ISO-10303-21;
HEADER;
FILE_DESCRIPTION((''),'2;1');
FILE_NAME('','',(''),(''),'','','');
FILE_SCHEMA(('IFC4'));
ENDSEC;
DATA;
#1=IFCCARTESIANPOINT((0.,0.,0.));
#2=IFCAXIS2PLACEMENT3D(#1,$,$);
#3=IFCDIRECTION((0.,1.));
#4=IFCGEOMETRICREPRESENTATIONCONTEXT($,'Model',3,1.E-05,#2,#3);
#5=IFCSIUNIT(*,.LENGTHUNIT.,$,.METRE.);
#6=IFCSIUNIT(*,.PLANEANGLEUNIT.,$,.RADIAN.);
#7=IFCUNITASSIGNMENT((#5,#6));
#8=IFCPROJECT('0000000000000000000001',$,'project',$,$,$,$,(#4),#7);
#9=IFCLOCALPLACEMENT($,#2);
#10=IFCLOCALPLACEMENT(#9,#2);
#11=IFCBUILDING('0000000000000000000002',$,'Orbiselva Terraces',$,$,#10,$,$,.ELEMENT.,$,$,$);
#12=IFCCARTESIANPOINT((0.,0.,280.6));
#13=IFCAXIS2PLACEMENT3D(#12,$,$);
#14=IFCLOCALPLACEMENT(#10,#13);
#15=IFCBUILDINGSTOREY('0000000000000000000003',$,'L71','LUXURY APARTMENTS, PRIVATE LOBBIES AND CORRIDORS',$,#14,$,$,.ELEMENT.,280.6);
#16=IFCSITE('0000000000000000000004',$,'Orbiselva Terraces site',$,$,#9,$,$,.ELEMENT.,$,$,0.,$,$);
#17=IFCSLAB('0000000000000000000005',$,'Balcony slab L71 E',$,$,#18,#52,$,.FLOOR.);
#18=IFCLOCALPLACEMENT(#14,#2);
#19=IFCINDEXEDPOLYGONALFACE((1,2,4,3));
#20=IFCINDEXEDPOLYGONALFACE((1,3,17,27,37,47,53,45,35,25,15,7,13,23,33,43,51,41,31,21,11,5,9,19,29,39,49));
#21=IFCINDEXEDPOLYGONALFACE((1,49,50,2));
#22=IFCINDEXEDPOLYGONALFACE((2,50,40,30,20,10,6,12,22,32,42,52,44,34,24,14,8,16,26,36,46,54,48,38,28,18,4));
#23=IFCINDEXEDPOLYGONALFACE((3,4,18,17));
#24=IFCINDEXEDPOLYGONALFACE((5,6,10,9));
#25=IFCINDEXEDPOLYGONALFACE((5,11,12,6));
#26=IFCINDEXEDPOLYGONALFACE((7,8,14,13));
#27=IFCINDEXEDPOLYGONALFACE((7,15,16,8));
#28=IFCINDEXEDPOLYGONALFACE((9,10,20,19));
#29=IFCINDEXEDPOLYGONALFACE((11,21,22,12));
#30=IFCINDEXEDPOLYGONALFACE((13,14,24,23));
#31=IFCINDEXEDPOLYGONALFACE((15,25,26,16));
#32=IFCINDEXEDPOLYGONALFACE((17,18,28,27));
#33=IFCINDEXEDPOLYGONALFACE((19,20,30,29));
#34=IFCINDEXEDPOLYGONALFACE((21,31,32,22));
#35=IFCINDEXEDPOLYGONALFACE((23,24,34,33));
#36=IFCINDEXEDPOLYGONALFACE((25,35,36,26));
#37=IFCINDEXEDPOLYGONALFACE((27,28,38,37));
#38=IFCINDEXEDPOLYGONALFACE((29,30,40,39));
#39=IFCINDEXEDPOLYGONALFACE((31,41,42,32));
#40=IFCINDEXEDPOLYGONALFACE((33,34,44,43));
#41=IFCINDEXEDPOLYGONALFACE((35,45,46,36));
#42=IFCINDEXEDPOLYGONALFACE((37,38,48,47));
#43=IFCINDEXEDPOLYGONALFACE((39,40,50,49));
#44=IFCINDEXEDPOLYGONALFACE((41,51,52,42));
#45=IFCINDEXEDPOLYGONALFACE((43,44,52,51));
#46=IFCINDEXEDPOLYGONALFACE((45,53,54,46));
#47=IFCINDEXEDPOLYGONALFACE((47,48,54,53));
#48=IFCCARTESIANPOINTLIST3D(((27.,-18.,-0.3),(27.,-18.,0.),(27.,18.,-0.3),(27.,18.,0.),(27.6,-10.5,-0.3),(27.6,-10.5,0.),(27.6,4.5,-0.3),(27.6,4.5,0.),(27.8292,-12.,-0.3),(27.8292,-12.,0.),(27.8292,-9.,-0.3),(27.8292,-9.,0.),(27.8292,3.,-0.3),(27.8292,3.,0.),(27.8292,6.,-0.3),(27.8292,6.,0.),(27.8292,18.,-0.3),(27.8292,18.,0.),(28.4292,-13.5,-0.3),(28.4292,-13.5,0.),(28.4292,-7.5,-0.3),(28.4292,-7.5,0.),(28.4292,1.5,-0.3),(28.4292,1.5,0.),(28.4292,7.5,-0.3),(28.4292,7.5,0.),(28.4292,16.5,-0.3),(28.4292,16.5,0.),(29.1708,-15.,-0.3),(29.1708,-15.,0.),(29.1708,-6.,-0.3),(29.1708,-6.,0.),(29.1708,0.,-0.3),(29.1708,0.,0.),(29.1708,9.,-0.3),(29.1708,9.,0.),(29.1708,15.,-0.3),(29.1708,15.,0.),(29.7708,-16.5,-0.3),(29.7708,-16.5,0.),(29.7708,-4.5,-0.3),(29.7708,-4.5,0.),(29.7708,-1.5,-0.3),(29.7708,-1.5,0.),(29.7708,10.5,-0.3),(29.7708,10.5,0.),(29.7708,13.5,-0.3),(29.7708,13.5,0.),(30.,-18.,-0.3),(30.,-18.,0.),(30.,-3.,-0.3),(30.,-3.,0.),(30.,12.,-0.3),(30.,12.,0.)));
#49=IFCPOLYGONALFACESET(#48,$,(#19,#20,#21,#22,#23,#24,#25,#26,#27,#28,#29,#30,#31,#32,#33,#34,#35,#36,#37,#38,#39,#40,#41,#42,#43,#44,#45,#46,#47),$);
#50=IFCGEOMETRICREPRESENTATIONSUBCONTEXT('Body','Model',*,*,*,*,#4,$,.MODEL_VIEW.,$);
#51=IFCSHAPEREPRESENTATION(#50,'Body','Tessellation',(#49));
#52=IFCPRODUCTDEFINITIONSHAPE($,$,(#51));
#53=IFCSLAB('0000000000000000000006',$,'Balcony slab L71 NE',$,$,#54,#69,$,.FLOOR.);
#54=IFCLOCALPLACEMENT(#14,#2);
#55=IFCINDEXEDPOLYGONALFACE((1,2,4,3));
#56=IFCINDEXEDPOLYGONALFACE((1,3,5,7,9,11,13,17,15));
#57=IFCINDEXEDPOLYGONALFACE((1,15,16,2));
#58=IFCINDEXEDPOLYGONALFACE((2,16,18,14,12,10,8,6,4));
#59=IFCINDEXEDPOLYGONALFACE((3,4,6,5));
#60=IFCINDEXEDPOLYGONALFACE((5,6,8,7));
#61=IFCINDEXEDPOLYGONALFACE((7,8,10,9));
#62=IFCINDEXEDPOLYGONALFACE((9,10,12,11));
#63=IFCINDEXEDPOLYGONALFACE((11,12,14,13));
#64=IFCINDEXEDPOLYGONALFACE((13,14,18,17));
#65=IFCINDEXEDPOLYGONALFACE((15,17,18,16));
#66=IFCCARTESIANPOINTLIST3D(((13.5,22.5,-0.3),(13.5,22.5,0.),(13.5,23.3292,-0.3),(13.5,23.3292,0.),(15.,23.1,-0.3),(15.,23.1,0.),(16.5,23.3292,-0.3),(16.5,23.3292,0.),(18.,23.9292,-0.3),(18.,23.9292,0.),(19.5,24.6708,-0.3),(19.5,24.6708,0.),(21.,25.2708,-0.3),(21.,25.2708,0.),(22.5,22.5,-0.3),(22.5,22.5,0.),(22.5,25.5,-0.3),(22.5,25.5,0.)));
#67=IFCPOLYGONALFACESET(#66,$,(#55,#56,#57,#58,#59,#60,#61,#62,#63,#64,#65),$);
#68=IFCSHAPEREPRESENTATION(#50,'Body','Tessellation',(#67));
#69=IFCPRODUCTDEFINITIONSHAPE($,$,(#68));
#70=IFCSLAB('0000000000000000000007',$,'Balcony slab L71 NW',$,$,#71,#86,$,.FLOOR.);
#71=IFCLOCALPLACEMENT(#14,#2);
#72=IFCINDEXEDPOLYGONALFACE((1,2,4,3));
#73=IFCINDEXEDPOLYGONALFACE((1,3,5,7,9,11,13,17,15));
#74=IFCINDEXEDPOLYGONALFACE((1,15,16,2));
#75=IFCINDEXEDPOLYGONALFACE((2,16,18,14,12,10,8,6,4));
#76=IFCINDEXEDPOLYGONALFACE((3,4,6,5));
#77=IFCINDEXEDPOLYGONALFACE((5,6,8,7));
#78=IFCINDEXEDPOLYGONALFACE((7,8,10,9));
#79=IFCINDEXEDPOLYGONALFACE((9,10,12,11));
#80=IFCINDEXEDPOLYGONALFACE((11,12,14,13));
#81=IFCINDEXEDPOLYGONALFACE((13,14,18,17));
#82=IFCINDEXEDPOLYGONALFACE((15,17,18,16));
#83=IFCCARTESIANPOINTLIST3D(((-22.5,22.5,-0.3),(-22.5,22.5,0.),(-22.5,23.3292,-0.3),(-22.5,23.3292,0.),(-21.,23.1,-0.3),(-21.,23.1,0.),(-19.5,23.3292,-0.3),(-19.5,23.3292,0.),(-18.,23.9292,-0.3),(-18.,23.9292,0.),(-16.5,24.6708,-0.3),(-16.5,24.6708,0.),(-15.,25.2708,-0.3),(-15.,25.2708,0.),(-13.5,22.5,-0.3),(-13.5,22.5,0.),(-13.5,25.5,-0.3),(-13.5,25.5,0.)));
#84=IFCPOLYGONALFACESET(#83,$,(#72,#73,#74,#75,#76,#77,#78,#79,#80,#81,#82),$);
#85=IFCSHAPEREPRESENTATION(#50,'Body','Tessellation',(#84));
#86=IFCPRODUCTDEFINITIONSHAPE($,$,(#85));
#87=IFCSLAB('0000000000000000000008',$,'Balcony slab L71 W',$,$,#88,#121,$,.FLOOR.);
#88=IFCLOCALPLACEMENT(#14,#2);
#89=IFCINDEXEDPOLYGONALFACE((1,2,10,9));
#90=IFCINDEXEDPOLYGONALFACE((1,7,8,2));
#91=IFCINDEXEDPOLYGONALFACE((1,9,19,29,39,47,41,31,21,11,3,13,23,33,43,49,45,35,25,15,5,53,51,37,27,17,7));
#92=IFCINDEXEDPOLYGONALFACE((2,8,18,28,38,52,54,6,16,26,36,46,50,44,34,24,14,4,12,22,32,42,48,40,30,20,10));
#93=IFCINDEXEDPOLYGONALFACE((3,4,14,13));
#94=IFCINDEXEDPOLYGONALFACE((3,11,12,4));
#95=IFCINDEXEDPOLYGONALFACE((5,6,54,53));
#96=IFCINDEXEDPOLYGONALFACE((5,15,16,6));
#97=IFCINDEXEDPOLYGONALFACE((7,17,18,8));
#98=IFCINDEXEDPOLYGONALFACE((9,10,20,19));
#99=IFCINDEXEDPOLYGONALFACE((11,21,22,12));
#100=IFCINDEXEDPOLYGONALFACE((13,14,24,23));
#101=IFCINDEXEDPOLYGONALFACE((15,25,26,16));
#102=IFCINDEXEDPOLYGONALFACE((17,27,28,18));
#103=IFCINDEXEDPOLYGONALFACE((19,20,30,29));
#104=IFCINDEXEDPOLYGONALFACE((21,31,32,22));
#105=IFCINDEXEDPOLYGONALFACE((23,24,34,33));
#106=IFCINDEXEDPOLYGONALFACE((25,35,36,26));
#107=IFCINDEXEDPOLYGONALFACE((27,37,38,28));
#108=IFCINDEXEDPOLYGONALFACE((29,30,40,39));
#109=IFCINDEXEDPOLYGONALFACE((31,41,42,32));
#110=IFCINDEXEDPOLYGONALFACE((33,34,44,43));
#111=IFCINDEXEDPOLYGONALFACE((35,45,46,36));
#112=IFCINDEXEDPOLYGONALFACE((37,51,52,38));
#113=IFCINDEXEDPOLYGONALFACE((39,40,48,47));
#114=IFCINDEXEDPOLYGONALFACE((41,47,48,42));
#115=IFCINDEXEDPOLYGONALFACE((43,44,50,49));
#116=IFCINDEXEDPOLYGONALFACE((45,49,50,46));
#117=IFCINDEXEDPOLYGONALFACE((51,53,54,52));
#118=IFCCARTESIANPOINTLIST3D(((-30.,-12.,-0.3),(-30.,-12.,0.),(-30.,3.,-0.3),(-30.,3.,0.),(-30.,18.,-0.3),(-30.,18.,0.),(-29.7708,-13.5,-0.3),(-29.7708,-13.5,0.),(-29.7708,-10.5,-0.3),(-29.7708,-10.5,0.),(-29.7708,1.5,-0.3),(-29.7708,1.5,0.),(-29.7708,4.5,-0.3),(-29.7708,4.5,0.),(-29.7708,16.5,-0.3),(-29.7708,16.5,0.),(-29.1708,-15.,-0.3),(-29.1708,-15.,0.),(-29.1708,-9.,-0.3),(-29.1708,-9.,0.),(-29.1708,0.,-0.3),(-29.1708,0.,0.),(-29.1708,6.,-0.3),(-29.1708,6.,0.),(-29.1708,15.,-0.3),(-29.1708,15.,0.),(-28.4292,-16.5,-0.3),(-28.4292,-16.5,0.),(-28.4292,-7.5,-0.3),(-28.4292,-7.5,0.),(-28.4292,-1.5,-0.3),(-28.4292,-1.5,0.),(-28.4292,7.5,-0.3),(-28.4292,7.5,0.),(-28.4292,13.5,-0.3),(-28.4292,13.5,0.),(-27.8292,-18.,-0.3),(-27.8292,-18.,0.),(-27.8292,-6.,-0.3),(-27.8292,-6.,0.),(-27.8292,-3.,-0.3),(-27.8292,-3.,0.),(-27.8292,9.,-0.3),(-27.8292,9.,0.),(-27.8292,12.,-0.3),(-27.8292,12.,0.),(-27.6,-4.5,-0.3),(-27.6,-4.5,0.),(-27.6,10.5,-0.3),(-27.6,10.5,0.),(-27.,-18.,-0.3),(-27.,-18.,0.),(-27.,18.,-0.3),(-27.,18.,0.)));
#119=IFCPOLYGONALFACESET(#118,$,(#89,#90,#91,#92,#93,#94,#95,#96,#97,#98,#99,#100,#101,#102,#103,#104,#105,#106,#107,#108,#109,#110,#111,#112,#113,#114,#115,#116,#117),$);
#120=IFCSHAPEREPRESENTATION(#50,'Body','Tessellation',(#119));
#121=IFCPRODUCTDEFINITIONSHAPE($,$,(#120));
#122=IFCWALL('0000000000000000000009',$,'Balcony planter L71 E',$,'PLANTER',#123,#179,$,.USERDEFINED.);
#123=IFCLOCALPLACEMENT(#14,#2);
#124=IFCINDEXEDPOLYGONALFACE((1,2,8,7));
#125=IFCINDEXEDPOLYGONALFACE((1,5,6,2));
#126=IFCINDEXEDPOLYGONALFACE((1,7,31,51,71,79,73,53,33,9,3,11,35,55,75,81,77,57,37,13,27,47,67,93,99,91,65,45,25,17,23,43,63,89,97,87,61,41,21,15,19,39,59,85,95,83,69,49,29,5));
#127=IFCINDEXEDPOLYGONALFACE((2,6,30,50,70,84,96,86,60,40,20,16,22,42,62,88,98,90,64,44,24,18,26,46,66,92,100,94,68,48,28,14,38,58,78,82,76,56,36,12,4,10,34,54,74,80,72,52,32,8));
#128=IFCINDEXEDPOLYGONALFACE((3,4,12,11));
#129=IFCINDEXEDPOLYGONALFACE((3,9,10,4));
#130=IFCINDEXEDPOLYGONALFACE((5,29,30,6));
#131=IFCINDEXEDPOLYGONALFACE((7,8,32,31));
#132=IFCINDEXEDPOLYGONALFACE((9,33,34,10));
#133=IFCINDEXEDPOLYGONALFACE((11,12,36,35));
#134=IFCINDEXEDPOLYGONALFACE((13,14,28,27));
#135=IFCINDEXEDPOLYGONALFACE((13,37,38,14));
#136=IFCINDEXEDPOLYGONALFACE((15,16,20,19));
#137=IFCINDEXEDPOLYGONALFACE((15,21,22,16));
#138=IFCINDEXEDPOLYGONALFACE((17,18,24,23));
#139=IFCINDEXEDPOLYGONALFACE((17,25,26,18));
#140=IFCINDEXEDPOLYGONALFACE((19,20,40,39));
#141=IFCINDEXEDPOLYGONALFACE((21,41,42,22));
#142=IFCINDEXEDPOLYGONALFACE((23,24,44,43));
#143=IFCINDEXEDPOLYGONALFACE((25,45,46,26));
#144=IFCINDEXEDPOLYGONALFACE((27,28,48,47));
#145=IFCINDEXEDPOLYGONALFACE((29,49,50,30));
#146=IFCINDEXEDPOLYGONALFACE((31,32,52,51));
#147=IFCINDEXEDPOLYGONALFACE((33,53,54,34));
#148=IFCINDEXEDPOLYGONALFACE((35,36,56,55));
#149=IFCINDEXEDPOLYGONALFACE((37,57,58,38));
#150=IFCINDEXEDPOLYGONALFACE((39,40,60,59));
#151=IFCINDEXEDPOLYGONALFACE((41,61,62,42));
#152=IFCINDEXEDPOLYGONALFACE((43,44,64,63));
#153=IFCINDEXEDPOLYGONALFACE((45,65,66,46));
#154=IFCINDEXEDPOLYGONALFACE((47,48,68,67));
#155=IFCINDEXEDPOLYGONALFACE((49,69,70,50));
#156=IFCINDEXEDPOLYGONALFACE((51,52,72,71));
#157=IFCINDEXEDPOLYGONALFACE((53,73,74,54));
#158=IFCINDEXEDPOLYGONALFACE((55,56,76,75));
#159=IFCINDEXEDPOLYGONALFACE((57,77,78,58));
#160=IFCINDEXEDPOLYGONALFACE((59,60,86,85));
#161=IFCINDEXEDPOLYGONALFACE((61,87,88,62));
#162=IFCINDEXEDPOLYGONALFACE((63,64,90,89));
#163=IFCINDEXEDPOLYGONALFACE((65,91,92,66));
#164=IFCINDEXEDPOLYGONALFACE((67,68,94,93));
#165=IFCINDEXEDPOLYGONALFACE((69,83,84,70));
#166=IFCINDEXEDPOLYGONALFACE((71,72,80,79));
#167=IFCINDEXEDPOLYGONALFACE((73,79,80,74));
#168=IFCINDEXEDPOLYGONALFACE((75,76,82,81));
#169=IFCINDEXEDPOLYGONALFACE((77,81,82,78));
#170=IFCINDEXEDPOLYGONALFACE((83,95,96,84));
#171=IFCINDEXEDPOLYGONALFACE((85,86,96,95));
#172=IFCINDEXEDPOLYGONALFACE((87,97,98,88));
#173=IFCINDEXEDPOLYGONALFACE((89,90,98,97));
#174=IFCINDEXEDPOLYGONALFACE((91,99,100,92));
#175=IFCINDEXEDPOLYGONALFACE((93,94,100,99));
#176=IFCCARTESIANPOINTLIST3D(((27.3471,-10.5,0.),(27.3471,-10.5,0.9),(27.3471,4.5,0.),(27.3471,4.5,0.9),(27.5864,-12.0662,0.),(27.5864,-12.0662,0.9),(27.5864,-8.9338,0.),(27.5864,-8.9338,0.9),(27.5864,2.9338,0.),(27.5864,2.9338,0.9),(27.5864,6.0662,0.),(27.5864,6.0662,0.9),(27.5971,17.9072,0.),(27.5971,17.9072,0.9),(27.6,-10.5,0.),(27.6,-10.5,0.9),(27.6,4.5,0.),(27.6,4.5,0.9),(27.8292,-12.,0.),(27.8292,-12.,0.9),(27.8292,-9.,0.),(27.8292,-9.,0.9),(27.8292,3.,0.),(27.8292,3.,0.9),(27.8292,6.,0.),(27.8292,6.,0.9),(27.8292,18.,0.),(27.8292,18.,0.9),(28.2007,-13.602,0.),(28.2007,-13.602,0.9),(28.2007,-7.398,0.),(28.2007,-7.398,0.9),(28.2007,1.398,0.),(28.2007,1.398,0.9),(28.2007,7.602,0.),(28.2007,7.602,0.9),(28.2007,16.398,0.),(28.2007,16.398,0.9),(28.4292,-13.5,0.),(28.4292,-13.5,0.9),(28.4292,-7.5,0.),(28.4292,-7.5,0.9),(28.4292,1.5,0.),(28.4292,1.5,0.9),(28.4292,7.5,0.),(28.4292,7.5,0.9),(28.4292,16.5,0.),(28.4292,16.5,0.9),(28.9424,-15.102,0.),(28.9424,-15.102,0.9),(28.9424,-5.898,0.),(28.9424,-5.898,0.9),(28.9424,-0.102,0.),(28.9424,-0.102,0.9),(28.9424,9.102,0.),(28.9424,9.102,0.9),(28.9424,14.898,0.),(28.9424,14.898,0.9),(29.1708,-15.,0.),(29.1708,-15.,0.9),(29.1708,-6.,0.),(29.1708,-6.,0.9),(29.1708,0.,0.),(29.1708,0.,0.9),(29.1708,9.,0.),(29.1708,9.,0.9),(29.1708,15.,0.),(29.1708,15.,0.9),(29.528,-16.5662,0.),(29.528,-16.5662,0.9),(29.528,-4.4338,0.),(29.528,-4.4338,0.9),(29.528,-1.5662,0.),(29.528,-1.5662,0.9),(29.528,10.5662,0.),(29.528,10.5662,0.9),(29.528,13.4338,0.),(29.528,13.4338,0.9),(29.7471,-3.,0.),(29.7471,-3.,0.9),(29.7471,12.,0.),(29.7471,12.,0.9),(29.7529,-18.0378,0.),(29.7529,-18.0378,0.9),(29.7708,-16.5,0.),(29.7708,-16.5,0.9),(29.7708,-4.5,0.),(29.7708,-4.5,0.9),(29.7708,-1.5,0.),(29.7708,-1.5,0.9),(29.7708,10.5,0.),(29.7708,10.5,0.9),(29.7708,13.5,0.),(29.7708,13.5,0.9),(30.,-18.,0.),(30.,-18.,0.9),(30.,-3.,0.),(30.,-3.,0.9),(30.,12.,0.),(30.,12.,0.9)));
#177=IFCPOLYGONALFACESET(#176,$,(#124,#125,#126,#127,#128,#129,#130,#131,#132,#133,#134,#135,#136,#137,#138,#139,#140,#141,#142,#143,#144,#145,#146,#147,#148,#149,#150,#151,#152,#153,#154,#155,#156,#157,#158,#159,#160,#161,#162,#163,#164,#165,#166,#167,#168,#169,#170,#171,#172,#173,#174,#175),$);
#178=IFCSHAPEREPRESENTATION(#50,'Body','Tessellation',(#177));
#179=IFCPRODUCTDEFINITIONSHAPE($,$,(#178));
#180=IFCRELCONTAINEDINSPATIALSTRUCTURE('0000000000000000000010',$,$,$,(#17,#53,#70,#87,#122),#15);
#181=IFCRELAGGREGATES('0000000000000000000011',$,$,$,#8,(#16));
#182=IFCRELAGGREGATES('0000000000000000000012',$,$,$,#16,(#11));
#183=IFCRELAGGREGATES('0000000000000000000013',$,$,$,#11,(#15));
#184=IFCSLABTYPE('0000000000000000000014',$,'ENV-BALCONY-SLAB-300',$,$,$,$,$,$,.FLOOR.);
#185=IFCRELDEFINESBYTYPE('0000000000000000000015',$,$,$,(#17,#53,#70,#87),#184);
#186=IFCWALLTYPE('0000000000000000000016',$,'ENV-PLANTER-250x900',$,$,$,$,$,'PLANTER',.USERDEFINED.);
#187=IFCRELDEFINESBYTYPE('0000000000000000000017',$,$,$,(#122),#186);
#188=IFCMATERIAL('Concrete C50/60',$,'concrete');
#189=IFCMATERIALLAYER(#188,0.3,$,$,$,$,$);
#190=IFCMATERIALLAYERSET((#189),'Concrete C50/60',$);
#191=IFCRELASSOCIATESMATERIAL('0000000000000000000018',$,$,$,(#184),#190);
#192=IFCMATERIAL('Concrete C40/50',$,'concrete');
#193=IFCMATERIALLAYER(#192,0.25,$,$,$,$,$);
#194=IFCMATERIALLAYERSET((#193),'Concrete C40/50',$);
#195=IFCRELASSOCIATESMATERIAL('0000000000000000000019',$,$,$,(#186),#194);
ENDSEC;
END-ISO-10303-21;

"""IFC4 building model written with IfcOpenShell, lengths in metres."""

from ifc_helpers import new_model, si_unit, direction, frame, origin, place, context, subcontext, project, spatial, polyline, outline, extrude, material, layer, layer_set, type_object, element, save


model = new_model("IFC4")

# Units and contexts
model_context = context("Model", 3, precision=1e-05, world=origin(), true_north=direction((0.0, 1.0)))
body_context = subcontext(model_context, "Body", "Model", "MODEL_VIEW")
ifc_project = project(units=[si_unit("LENGTHUNIT", "METRE"), si_unit("PLANEANGLEUNIT", "RADIAN")], contexts=[model_context])

# Site, building, storey
site_placement = place(None, origin())
site = spatial("IfcSite", under=ifc_project, at=site_placement, Name="Orbiselva Terraces site", CompositionType="ELEMENT", RefElevation=0.0)
building_placement = place(site_placement, origin())
building = spatial("IfcBuilding", under=site, at=building_placement, Name="Orbiselva Terraces", CompositionType="ELEMENT")
storey_placement = place(building_placement, frame((0.0, 0.0, 280.6)))
storey = spatial("IfcBuildingStorey", under=building, at=storey_placement, Name="L71", Description="LUXURY APARTMENTS, PRIVATE LOBBIES AND CORRIDORS", CompositionType="ELEMENT", Elevation=280.6)

# Shared definitions
ifc_material_1 = material(Name="Concrete C50/60", Category="concrete")

# Shared definitions
ifc_material_2 = material(Name="Concrete C40/50", Category="concrete")

# Slabs
ifc_layer_1 = layer(ifc_material_1, 0.3)
ifc_layer_set_1 = layer_set([ifc_layer_1], Name="Concrete C50/60")
slab_type_1 = type_object("IfcSlabType", Name="ENV-BALCONY-SLAB-300", PredefinedType="FLOOR", material=ifc_layer_set_1)
slab_1_placement = place(storey_placement, frame((0.0, 0.0, -0.3)))
element("IfcSlab", 1, at=slab_1_placement, inside=storey, type_object=slab_type_1, Name="Balcony slab L71 E", PredefinedType="FLOOR", context=body_context, shape_type="SweptSolid", body=[
    extrude(outline(polyline([(30.0, -18.0), (29.7708, -16.5), (29.1708, -15.0), (28.4292, -13.5), (27.8292, -12.0), (27.6, -10.5), (27.8292, -9.0), (28.4292, -7.5), (29.1708, -6.0), (29.7708, -4.5), (30.0, -3.0), (29.7708, -1.5), (29.1708, 0.0), (28.4292, 1.5), (27.8292, 3.0), (27.6, 4.5), (27.8292, 6.0), (28.4292, 7.5), (29.1708, 9.0), (29.7708, 10.5), (30.0, 12.0), (29.7708, 13.5), (29.1708, 15.0), (28.4292, 16.5), (27.8292, 18.0), (27.0, 18.0), (27.0, -18.0), (30.0, -18.0)])), origin(), (0.0, 0.0, 1.0), 0.3),
])
slab_2_placement = place(storey_placement, frame((0.0, 0.0, -0.3)))
element("IfcSlab", 2, at=slab_2_placement, inside=storey, type_object=slab_type_1, Name="Balcony slab L71 NE", PredefinedType="FLOOR", context=body_context, shape_type="SweptSolid", body=[
    extrude(outline(polyline([(22.5, 25.5), (21.0, 25.2708), (19.5, 24.6708), (18.0, 23.9292), (16.5, 23.3292), (15.0, 23.1), (13.5, 23.3292), (13.5, 22.5), (22.5, 22.5), (22.5, 25.5)])), origin(), (0.0, 0.0, 1.0), 0.3),
])
slab_3_placement = place(storey_placement, frame((0.0, 0.0, -0.3)))
element("IfcSlab", 3, at=slab_3_placement, inside=storey, type_object=slab_type_1, Name="Balcony slab L71 NW", PredefinedType="FLOOR", context=body_context, shape_type="SweptSolid", body=[
    extrude(outline(polyline([(-13.5, 25.5), (-15.0, 25.2708), (-16.5, 24.6708), (-18.0, 23.9292), (-19.5, 23.3292), (-21.0, 23.1), (-22.5, 23.3292), (-22.5, 22.5), (-13.5, 22.5), (-13.5, 25.5)])), origin(), (0.0, 0.0, 1.0), 0.3),
])
slab_4_placement = place(storey_placement, frame((0.0, 0.0, -0.3)))
element("IfcSlab", 4, at=slab_4_placement, inside=storey, type_object=slab_type_1, Name="Balcony slab L71 W", PredefinedType="FLOOR", context=body_context, shape_type="SweptSolid", body=[
    extrude(outline(polyline([(-30.0, 18.0), (-29.7708, 16.5), (-29.1708, 15.0), (-28.4292, 13.5), (-27.8292, 12.0), (-27.6, 10.5), (-27.8292, 9.0), (-28.4292, 7.5), (-29.1708, 6.0), (-29.7708, 4.5), (-30.0, 3.0), (-29.7708, 1.5), (-29.1708, 0.0), (-28.4292, -1.5), (-27.8292, -3.0), (-27.6, -4.5), (-27.8292, -6.0), (-28.4292, -7.5), (-29.1708, -9.0), (-29.7708, -10.5), (-30.0, -12.0), (-29.7708, -13.5), (-29.1708, -15.0), (-28.4292, -16.5), (-27.8292, -18.0), (-27.0, -18.0), (-27.0, 18.0), (-30.0, 18.0)])), origin(), (0.0, 0.0, 1.0), 0.3),
])

# Wall
ifc_layer_2 = layer(ifc_material_2, 0.25)
ifc_layer_set_2 = layer_set([ifc_layer_2], Name="Concrete C40/50")
wall_type_1 = type_object("IfcWallType", Name="ENV-PLANTER-250x900", ElementType="PLANTER", PredefinedType="USERDEFINED", material=ifc_layer_set_2)
wall_1_placement = place(storey_placement, origin())
element("IfcWall", 5, at=wall_1_placement, inside=storey, type_object=wall_type_1, Name="Balcony planter L71 E", ObjectType="PLANTER", PredefinedType="USERDEFINED", context=body_context, shape_type="SweptSolid", body=[
    extrude(outline(polyline([(30.0, -18.0), (29.7708, -16.5), (29.1708, -15.0), (28.4292, -13.5), (27.8292, -12.0), (27.6, -10.5), (27.8292, -9.0), (28.4292, -7.5), (29.1708, -6.0), (29.7708, -4.5), (30.0, -3.0), (29.7708, -1.5), (29.1708, 0.0), (28.4292, 1.5), (27.8292, 3.0), (27.6, 4.5), (27.8292, 6.0), (28.4292, 7.5), (29.1708, 9.0), (29.7708, 10.5), (30.0, 12.0), (29.7708, 13.5), (29.1708, 15.0), (28.4292, 16.5), (27.8292, 18.0), (27.5971, 17.9072), (28.2007, 16.398), (28.9424, 14.898), (29.528, 13.4338), (29.7471, 12.0), (29.528, 10.5662), (28.9424, 9.102), (28.2007, 7.602), (27.5864, 6.0662), (27.3471, 4.5), (27.5864, 2.9338), (28.2007, 1.398), (28.9424, -0.102), (29.528, -1.5662), (29.7471, -3.0), (29.528, -4.4338), (28.9424, -5.898), (28.2007, -7.398), (27.5864, -8.9338), (27.3471, -10.5), (27.5864, -12.0662), (28.2007, -13.602), (28.9424, -15.102), (29.528, -16.5662), (29.7529, -18.0378), (30.0, -18.0)])), origin(), (0.0, 0.0, 1.0), 0.9),
])

save(model, "model.ifc")
